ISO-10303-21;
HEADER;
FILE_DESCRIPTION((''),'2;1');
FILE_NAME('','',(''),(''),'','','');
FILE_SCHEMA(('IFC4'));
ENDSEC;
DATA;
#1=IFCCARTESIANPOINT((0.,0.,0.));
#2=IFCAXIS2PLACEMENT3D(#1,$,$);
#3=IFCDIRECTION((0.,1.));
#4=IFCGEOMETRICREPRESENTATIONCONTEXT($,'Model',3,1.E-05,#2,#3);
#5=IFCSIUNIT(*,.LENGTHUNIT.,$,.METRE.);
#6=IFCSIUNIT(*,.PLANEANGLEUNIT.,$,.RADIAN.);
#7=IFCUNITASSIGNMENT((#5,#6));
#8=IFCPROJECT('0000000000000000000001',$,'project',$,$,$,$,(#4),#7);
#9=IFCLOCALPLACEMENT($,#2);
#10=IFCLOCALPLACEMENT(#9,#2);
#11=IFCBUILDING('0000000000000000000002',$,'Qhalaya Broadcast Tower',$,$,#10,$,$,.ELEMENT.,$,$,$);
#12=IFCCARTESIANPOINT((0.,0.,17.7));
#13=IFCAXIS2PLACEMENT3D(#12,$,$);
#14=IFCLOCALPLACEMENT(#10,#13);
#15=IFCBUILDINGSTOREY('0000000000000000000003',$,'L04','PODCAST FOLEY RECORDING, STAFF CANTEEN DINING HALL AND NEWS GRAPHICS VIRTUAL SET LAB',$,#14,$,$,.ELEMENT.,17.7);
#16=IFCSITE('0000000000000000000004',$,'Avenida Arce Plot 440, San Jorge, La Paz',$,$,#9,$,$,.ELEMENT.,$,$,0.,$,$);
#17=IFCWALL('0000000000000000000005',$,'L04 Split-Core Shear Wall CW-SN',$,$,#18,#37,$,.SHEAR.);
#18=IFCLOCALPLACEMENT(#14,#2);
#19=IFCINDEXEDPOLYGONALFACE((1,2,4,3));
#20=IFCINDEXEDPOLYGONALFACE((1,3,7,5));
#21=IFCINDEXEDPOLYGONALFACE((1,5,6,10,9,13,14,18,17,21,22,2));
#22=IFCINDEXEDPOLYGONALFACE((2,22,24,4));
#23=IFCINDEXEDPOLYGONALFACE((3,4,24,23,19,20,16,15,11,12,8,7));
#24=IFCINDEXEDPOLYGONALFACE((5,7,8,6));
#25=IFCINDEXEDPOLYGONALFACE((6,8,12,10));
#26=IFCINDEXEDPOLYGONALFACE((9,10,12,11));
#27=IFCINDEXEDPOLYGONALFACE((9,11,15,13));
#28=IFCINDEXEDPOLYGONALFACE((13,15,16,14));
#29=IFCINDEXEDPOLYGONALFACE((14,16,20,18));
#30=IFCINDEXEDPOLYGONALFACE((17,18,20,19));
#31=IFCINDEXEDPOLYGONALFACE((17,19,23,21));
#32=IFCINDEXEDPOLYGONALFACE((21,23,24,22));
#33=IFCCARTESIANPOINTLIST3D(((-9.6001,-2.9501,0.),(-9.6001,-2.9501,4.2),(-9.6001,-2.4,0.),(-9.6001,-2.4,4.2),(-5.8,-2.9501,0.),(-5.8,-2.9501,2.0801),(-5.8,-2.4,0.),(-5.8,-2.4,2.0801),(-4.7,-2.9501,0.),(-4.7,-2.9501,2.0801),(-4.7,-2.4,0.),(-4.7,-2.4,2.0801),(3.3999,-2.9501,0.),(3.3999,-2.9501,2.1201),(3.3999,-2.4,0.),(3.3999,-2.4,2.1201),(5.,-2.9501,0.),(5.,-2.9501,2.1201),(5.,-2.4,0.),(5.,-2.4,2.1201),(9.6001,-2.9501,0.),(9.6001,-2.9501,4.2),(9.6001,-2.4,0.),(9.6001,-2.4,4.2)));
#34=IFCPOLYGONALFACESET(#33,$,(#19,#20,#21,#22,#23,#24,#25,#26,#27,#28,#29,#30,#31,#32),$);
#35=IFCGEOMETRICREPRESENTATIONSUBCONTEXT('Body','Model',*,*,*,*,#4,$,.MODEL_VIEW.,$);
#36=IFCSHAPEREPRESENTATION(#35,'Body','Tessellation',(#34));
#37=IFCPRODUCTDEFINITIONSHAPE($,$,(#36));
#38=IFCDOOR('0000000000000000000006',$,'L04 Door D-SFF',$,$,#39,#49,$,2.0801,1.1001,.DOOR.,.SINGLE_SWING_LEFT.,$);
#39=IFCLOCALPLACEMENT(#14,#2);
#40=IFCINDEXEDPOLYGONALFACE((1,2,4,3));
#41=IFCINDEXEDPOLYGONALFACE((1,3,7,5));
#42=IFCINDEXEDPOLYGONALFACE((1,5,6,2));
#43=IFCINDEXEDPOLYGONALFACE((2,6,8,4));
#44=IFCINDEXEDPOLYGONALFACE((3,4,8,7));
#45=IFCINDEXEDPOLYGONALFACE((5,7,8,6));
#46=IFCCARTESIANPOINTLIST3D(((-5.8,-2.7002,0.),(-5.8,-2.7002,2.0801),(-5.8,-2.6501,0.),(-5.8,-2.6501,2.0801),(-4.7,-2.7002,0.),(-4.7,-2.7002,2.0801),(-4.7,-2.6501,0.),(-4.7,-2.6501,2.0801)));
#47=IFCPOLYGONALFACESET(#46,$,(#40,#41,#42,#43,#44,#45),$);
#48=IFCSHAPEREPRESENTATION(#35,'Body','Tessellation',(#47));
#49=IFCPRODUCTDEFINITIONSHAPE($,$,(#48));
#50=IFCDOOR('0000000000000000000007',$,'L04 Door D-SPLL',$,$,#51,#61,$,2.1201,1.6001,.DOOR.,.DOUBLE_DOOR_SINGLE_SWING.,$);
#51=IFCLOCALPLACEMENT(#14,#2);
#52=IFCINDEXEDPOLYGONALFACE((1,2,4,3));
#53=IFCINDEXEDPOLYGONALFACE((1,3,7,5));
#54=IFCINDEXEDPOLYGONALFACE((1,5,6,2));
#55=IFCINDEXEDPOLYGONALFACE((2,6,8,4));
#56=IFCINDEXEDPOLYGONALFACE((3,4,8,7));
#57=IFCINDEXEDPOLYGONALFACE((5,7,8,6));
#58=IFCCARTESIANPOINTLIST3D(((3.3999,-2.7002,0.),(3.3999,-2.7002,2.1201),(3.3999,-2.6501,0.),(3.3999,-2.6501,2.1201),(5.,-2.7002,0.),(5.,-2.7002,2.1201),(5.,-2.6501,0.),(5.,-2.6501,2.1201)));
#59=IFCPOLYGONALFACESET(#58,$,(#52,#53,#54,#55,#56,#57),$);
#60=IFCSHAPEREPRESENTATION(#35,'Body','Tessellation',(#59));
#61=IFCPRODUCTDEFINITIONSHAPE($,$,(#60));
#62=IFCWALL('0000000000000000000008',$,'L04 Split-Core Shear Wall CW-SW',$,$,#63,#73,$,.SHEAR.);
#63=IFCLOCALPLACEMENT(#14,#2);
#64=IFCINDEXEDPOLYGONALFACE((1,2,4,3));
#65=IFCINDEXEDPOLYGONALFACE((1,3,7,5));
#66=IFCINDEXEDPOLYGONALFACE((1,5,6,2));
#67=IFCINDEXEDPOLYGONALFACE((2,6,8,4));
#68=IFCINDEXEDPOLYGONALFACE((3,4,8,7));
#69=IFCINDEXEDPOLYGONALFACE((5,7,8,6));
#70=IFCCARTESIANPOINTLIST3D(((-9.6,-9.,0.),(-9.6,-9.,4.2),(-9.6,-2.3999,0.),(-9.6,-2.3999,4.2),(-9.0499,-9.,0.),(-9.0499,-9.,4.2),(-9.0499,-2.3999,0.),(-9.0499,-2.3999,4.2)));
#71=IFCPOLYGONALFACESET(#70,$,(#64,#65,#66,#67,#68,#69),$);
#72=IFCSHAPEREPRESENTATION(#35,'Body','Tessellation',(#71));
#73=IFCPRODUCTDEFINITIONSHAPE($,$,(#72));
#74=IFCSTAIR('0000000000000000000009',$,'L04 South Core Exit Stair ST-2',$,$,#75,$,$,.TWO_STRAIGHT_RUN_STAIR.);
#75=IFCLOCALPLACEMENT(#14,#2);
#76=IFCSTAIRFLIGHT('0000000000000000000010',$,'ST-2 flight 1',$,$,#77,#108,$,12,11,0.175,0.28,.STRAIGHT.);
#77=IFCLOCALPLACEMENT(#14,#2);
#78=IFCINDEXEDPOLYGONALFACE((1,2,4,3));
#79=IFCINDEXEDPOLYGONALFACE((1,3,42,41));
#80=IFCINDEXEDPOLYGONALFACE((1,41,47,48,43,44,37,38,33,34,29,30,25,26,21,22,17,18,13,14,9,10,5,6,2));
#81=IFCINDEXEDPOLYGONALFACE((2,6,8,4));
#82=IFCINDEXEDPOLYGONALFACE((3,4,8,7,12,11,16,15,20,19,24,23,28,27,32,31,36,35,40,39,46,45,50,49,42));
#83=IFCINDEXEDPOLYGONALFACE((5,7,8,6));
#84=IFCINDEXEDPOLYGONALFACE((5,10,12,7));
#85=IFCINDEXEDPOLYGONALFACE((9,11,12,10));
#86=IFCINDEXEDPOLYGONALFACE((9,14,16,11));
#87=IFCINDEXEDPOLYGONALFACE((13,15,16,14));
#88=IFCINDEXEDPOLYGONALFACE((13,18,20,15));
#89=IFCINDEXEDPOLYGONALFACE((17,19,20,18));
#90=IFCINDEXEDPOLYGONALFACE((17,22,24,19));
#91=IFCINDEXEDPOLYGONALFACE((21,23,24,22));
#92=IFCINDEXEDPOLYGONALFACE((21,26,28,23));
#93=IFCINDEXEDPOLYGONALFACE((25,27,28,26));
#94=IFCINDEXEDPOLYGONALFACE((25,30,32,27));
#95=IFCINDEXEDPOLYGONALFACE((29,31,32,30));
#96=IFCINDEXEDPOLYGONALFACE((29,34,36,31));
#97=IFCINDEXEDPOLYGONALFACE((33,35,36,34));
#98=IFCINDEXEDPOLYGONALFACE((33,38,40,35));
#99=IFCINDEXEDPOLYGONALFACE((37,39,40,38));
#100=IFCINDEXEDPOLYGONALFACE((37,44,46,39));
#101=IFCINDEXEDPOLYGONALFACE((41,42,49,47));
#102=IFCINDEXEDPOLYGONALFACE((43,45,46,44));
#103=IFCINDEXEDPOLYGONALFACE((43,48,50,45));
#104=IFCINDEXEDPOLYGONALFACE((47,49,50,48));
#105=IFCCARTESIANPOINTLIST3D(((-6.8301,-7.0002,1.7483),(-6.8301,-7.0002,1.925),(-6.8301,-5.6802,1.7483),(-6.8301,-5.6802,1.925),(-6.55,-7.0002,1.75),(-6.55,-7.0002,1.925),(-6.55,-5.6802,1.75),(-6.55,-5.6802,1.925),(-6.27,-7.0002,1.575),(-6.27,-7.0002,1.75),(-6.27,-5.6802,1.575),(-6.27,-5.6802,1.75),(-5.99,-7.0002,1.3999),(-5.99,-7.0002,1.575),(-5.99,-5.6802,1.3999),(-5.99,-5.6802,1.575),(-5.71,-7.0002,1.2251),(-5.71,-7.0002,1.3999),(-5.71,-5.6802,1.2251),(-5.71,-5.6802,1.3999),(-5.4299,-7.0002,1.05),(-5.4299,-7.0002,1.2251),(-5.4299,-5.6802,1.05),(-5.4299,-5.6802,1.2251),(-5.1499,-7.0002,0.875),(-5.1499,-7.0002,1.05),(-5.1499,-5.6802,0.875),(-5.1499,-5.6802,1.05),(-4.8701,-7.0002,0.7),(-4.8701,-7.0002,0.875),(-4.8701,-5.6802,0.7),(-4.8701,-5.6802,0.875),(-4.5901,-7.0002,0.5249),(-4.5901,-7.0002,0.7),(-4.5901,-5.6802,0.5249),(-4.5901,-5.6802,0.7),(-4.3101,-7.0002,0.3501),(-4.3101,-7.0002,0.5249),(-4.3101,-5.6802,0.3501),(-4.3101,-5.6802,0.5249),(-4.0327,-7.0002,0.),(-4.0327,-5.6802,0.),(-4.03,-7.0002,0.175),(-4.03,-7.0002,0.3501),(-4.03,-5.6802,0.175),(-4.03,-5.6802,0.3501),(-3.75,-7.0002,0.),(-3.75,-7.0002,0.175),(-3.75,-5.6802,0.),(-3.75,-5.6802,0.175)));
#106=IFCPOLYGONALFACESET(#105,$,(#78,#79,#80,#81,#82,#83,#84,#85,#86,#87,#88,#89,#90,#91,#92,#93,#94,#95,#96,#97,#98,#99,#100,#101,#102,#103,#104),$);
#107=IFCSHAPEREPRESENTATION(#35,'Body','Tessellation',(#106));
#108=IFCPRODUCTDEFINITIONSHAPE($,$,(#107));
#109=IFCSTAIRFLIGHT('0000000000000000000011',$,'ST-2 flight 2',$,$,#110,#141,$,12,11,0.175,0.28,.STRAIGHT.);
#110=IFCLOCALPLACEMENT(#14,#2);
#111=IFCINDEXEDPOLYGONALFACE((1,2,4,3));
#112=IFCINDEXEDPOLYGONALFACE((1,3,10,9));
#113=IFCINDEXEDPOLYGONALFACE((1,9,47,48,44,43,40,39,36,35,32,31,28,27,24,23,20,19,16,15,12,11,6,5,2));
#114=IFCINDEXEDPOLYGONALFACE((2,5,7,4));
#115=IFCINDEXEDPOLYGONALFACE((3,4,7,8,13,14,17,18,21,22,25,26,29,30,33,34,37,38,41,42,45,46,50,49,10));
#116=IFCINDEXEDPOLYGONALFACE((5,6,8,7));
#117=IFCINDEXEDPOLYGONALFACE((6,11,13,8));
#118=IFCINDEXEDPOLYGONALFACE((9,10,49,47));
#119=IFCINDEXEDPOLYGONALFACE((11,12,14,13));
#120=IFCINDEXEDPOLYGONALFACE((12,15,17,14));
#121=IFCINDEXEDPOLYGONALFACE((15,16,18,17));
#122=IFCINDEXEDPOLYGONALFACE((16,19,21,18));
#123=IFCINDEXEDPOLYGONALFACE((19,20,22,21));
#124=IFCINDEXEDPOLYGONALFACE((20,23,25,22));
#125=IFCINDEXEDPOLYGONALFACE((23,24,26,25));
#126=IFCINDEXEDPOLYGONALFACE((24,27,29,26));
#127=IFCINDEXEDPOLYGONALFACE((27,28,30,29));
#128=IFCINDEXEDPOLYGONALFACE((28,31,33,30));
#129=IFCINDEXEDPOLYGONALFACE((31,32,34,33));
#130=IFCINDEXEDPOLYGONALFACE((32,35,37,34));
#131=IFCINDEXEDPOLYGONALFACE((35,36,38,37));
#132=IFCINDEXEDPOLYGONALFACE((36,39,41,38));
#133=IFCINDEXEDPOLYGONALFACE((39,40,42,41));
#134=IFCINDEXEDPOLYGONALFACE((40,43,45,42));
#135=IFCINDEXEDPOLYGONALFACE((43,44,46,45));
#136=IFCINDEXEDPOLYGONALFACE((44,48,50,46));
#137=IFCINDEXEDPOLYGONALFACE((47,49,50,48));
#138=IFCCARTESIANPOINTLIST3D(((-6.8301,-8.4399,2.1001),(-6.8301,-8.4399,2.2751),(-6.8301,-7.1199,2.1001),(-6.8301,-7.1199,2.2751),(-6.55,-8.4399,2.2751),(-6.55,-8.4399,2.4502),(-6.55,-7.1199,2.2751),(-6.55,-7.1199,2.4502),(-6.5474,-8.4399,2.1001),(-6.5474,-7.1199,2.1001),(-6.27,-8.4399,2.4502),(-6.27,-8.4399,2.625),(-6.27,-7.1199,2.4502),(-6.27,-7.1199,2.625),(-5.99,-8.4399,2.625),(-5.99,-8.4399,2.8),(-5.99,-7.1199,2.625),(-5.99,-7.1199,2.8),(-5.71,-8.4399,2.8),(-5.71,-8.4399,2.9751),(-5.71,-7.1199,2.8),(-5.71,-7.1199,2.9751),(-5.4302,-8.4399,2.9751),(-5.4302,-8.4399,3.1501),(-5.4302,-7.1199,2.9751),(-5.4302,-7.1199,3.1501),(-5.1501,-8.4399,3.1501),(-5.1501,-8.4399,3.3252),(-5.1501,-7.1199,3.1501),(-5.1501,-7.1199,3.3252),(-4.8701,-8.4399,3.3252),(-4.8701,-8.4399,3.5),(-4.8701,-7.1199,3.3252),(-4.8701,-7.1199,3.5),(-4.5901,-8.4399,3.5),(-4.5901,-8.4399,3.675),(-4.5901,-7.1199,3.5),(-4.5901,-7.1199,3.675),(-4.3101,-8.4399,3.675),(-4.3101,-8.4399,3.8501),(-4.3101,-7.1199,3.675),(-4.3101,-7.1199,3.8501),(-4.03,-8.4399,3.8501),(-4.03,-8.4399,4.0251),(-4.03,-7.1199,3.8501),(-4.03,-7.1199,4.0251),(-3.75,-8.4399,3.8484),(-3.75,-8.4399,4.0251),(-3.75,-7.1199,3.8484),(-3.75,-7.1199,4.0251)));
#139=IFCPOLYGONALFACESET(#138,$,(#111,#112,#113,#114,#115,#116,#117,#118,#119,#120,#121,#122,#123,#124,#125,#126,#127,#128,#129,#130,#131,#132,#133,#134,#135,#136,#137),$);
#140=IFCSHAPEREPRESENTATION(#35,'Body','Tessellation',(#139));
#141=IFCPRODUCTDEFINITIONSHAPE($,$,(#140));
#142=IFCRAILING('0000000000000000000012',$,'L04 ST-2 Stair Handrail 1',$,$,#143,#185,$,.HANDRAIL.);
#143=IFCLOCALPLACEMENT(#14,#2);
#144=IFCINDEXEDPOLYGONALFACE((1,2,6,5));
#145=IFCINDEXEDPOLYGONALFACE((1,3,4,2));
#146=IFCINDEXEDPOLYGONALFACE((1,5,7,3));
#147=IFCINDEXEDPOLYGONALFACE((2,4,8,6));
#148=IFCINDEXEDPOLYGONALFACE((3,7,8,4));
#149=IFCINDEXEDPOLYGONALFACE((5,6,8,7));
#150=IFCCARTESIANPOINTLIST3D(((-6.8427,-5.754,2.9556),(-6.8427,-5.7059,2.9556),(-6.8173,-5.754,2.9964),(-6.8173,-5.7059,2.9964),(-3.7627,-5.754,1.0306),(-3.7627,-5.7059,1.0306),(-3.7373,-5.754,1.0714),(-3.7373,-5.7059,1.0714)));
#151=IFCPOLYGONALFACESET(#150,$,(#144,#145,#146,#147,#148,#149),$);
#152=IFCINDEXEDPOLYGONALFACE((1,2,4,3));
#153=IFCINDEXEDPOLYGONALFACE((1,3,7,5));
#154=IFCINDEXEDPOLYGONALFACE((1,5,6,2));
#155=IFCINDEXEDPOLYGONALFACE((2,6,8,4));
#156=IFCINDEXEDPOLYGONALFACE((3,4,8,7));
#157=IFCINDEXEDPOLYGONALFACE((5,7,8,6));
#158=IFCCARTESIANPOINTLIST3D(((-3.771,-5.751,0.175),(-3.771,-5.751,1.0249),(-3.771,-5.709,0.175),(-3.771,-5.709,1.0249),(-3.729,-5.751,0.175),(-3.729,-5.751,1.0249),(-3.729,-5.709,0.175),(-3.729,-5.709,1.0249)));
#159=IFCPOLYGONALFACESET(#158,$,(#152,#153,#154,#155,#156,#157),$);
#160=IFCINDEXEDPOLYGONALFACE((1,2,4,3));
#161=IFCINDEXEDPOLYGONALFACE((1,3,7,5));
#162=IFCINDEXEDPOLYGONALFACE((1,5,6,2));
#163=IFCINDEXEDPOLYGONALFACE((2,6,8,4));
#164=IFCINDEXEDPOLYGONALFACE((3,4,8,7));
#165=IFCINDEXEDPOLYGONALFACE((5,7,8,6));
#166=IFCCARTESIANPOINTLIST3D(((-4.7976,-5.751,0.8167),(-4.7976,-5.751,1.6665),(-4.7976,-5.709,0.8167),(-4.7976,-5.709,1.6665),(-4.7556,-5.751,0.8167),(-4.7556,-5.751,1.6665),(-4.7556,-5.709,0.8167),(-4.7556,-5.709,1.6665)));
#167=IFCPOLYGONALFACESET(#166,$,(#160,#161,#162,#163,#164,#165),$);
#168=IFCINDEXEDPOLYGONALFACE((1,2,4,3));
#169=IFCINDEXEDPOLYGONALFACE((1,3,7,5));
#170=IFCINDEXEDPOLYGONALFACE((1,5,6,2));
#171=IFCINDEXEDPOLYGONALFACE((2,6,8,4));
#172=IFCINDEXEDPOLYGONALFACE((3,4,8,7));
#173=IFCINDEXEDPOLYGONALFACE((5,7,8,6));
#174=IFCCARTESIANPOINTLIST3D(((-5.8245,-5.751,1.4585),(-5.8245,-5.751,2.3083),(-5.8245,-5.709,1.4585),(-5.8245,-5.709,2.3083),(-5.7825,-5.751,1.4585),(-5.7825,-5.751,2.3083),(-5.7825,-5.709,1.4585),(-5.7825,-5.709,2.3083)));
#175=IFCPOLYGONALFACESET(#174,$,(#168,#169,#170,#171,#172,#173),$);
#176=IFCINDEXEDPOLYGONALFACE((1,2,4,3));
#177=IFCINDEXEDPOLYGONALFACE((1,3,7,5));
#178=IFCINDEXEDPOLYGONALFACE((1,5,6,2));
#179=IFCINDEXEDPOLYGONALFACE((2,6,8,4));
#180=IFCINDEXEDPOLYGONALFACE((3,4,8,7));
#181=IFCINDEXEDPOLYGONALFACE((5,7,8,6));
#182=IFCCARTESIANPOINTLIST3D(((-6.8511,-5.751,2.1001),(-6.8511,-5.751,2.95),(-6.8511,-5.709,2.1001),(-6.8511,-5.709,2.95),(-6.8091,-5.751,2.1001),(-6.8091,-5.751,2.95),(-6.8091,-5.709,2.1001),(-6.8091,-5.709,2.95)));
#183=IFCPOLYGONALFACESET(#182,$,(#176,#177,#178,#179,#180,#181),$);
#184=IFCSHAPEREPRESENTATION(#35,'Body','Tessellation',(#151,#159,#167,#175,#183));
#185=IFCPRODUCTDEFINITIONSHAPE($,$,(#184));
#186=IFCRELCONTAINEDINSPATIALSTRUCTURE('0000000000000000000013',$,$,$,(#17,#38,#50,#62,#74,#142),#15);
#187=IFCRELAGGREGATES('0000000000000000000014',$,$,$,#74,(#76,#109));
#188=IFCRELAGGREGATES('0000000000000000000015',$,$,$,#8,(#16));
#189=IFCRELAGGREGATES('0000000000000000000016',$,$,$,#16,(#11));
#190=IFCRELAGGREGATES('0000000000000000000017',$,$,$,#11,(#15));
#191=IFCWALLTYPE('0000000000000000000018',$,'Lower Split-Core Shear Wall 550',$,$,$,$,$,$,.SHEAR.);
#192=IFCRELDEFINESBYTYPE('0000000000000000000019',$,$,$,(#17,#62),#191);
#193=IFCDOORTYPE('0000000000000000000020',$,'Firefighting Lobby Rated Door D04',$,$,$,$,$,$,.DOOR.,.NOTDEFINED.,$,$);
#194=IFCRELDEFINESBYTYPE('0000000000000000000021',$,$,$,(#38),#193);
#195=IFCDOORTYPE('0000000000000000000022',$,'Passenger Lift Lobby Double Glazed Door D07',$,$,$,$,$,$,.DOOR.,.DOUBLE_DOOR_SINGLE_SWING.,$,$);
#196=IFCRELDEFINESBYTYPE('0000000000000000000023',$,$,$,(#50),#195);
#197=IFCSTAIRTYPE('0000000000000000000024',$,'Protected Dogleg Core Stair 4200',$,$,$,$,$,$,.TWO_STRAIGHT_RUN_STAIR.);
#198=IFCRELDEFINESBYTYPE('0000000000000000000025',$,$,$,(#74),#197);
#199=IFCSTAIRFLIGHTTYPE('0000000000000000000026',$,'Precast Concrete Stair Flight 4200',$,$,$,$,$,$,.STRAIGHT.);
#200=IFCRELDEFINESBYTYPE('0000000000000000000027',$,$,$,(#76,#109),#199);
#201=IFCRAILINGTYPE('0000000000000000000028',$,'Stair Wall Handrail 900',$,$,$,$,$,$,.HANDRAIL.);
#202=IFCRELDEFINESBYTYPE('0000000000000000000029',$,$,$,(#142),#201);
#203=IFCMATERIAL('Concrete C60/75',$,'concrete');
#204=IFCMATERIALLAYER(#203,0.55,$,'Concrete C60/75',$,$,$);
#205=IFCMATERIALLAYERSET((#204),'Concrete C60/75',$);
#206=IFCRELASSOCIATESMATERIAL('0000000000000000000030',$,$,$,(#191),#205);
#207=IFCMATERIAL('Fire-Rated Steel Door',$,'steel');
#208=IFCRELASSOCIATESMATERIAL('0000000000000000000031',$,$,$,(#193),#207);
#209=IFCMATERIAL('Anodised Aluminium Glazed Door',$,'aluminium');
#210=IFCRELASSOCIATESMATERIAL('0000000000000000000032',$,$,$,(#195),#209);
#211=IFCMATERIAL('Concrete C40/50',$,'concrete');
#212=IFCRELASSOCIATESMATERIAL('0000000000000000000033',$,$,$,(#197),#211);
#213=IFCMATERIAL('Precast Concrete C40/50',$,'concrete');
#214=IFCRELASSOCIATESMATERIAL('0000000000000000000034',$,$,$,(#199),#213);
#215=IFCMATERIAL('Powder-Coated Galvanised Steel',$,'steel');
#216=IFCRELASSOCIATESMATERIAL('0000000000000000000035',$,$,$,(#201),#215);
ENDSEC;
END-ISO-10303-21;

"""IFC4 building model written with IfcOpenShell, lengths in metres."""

from ifc_helpers import new_model, si_unit, direction, frame, frame_2d, origin, origin_2d, place, context, subcontext, project, spatial, polyline, rectangle, outline, extrude, material, layer, layer_set, type_object, element, fill, aggregate, save


model = new_model("IFC4")

# Units and contexts
model_context = context("Model", 3, precision=1e-05, world=origin(), true_north=direction((0.0, 1.0)))
body_context = subcontext(model_context, "Body", "Model", "MODEL_VIEW")
ifc_project = project(units=[si_unit("LENGTHUNIT", "METRE"), si_unit("PLANEANGLEUNIT", "RADIAN")], contexts=[model_context])

# Site, building, storey
site_placement = place(None, origin())
site = spatial("IfcSite", under=ifc_project, at=site_placement, Name="Avenida Arce Plot 440, San Jorge, La Paz", CompositionType="ELEMENT", RefElevation=0.0)
building_placement = place(site_placement, origin())
building = spatial("IfcBuilding", under=site, at=building_placement, Name="Qhalaya Broadcast Tower", CompositionType="ELEMENT")
storey_placement = place(building_placement, frame((0.0, 0.0, 17.7)))
storey = spatial("IfcBuildingStorey", under=building, at=storey_placement, Name="L04", Description="PODCAST FOLEY RECORDING, STAFF CANTEEN DINING HALL AND NEWS GRAPHICS VIRTUAL SET LAB", CompositionType="ELEMENT", Elevation=17.7)

# Shared definitions
ifc_material_1 = material(Name="Fire-Rated Steel Door", Category="steel")

# Shared definitions
ifc_material_2 = material(Name="Concrete C60/75", Category="concrete")
ifc_layer_1 = layer(ifc_material_2, 0.55, Name="Concrete C60/75")
ifc_layer_set_1 = layer_set([ifc_layer_1], Name="Concrete C60/75")
wall_type_1 = type_object("IfcWallType", Name="Lower Split-Core Shear Wall 550", PredefinedType="SHEAR", material=ifc_layer_set_1)

# Wall, openings, doors
wall_1_placement = place(storey_placement, frame((-9.6001, -2.675, 0.0), z_axis=(0.0, 0.0, 1.0), x_axis=(1.0, 0.0, 0.0)))
wall_1 = element("IfcWall", 1, at=wall_1_placement, inside=storey, type_object=wall_type_1, Name="L04 Split-Core Shear Wall CW-SN", PredefinedType="SHEAR", context=body_context, shape_type="SweptSolid", body=[
    extrude(rectangle(XDim=19.2002, YDim=0.55, at=frame_2d((9.6001, 0.0))), origin(), (0.0, 0.0, 1.0), 4.2),
])
opening_1_placement = place(wall_1_placement, frame((3.8, 0.0, 0.0)))
opening_1 = element("IfcOpeningElement", 2, at=opening_1_placement, cuts=wall_1, PredefinedType="OPENING", context=body_context, shape_type="SweptSolid", body=[
    extrude(rectangle(XDim=1.1001, YDim=2.0801, at=frame_2d((0.55, 1.04))), frame((0.0, 0.2871, 0.0), z_axis=(0.0, -1.0, 0.0), x_axis=(1.0, 0.0, 0.0)), (0.0, 0.0, 1.0), 0.574),
])
opening_2_placement = place(wall_1_placement, frame((13.0, 0.0, 0.0)))
opening_2 = element("IfcOpeningElement", 3, at=opening_2_placement, cuts=wall_1, PredefinedType="OPENING", context=body_context, shape_type="SweptSolid", body=[
    extrude(rectangle(XDim=1.6001, YDim=2.1201, at=frame_2d((0.8, 1.0601))), frame((0.0, 0.2871, 0.0), z_axis=(0.0, -1.0, 0.0), x_axis=(1.0, 0.0, 0.0)), (0.0, 0.0, 1.0), 0.574),
])
door_type_1 = type_object("IfcDoorType", Name="Firefighting Lobby Rated Door D04", OperationType="NOTDEFINED", PredefinedType="DOOR", material=ifc_material_1)
door_1_placement = place(opening_1_placement, origin())
door_1 = element("IfcDoor", 4, at=door_1_placement, inside=storey, type_object=door_type_1, Name="L04 Door D-SFF", OperationType="SINGLE_SWING_LEFT", OverallHeight=2.0801, OverallWidth=1.1001, PredefinedType="DOOR", context=body_context, shape_type="SweptSolid", body=[
    extrude(rectangle(XDim=1.1001, YDim=2.0801, at=frame_2d((0.55, 1.04))), frame((0.0, 0.0249, 0.0), z_axis=(0.0, -1.0, 0.0), x_axis=(1.0, 0.0, 0.0)), (0.0, 0.0, 1.0), 0.05),
])
fill(opening_1, door_1)
ifc_material_3 = material(Name="Anodised Aluminium Glazed Door", Category="aluminium")
door_type_2 = type_object("IfcDoorType", Name="Passenger Lift Lobby Double Glazed Door D07", OperationType="DOUBLE_DOOR_SINGLE_SWING", PredefinedType="DOOR", material=ifc_material_3)
door_2_placement = place(opening_2_placement, origin())
door_2 = element("IfcDoor", 5, at=door_2_placement, inside=storey, type_object=door_type_2, Name="L04 Door D-SPLL", OperationType="DOUBLE_DOOR_SINGLE_SWING", OverallHeight=2.1201, OverallWidth=1.6001, PredefinedType="DOOR", context=body_context, shape_type="SweptSolid", body=[
    extrude(rectangle(XDim=1.6001, YDim=2.1201, at=frame_2d((0.8, 1.0601))), frame((0.0, 0.0249, 0.0), z_axis=(0.0, -1.0, 0.0), x_axis=(1.0, 0.0, 0.0)), (0.0, 0.0, 1.0), 0.05),
])
fill(opening_2, door_2)

# Wall
wall_2_placement = place(storey_placement, frame((-9.325, -9.0, 0.0), z_axis=(0.0, 0.0, 1.0), x_axis=(0.0, 1.0, 0.0)))
element("IfcWall", 6, at=wall_2_placement, inside=storey, type_object=wall_type_1, Name="L04 Split-Core Shear Wall CW-SW", PredefinedType="SHEAR", context=body_context, shape_type="SweptSolid", body=[
    extrude(rectangle(XDim=6.6001, YDim=0.55, at=frame_2d((3.3, 0.0))), origin(), (0.0, 0.0, 1.0), 4.2),
])

# Stair, stair flights
ifc_material_4 = material(Name="Concrete C40/50", Category="concrete")
stair_type = type_object("IfcStairType", Name="Protected Dogleg Core Stair 4200", PredefinedType="TWO_STRAIGHT_RUN_STAIR", material=ifc_material_4)
stair_placement = place(storey_placement, origin())
stair = element("IfcStair", 7, at=stair_placement, inside=storey, type_object=stair_type, Name="L04 South Core Exit Stair ST-2", PredefinedType="TWO_STRAIGHT_RUN_STAIR")
ifc_material_5 = material(Name="Precast Concrete C40/50", Category="concrete")
stair_flight_type = type_object("IfcStairFlightType", Name="Precast Concrete Stair Flight 4200", PredefinedType="STRAIGHT", material=ifc_material_5)
stair_flight_1_placement = place(storey_placement, frame((-3.75, -6.3401, 0.0), z_axis=(0.0, 0.0, 1.0), x_axis=(-1.0, 0.0, 0.0)))
stair_flight_1 = element("IfcStairFlight", 8, at=stair_flight_1_placement, type_object=stair_flight_type, Name="ST-2 flight 1", NumberOfRisers=12, NumberOfTreads=11, PredefinedType="STRAIGHT", RiserHeight=0.175, TreadLength=0.28, context=body_context, shape_type="SweptSolid", body=[
    extrude(outline(polyline([(0.0, 0.0), (0.0, 0.175), (0.28, 0.175), (0.28, 0.3501), (0.5601, 0.3501), (0.5601, 0.5249), (0.8401, 0.5249), (0.8401, 0.7), (1.1201, 0.7), (1.1201, 0.875), (1.3999, 0.875), (1.3999, 1.05), (1.6799, 1.05), (1.6799, 1.2251), (1.96, 1.2251), (1.96, 1.3999), (2.24, 1.3999), (2.24, 1.575), (2.52, 1.575), (2.52, 1.75), (2.8, 1.75), (2.8, 1.925), (3.0801, 1.925), (3.0801, 2.1001), (3.0801, 1.7483), (0.2827, 0.0), (0.0, 0.0)])), frame((0.0, 0.6602, 0.0), z_axis=(0.0, -1.0, 0.0), x_axis=(1.0, 0.0, 0.0)), (0.0, 0.0, 1.0), 1.3201),
])
stair_flight_2_placement = place(storey_placement, frame((-6.8301, -7.78, 2.1001), z_axis=(0.0, 0.0, 1.0), x_axis=(1.0, 0.0, 0.0)))
stair_flight_2 = element("IfcStairFlight", 9, at=stair_flight_2_placement, type_object=stair_flight_type, Name="ST-2 flight 2", NumberOfRisers=12, NumberOfTreads=11, PredefinedType="STRAIGHT", RiserHeight=0.175, TreadLength=0.28, context=body_context, shape_type="SweptSolid", body=[
    extrude(outline(polyline([(0.0, 0.0), (0.0, 0.175), (0.28, 0.175), (0.28, 0.3501), (0.5601, 0.3501), (0.5601, 0.5249), (0.8401, 0.5249), (0.8401, 0.7), (1.1201, 0.7), (1.1201, 0.875), (1.3999, 0.875), (1.3999, 1.05), (1.6799, 1.05), (1.6799, 1.2251), (1.96, 1.2251), (1.96, 1.3999), (2.24, 1.3999), (2.24, 1.575), (2.52, 1.575), (2.52, 1.75), (2.8, 1.75), (2.8, 1.925), (3.0801, 1.925), (3.0801, 2.1001), (3.0801, 1.7483), (0.2827, 0.0), (0.0, 0.0)])), frame((0.0, 0.6602, 0.0), z_axis=(0.0, -1.0, 0.0), x_axis=(1.0, 0.0, 0.0)), (0.0, 0.0, 1.0), 1.3201),
])
aggregate(stair, [stair_flight_1, stair_flight_2])

# Railing
ifc_material_6 = material(Name="Powder-Coated Galvanised Steel", Category="steel")
railing_type_1 = type_object("IfcRailingType", Name="Stair Wall Handrail 900", PredefinedType="HANDRAIL", material=ifc_material_6)
railing_1_placement = place(storey_placement, frame((-3.75, -5.73, 0.175)))
element("IfcRailing", 10, at=railing_1_placement, inside=storey, type_object=railing_type_1, Name="L04 ST-2 Stair Handrail 1", PredefinedType="HANDRAIL", context=body_context, shape_type="SweptSolid", body=[
    extrude(rectangle(XDim=0.0481, YDim=0.0481, at=origin_2d()), frame((0.0, 0.0, 0.876), z_axis=(-0.847998, 0.0, 0.529999), x_axis=(0.0, -1.0, 0.0)), (0.0, 0.0, 1.0), 3.6321),
    extrude(rectangle(XDim=0.042, YDim=0.042, at=origin_2d()), origin(), (0.0, 0.0, 1.0), 0.8499),
    extrude(rectangle(XDim=0.042, YDim=0.042, at=origin_2d()), frame((-1.0266, 0.0, 0.6416)), (0.0, 0.0, 1.0), 0.8499),
    extrude(rectangle(XDim=0.042, YDim=0.042, at=origin_2d()), frame((-2.0535, 0.0, 1.2834)), (0.0, 0.0, 1.0), 0.8499),
    extrude(rectangle(XDim=0.042, YDim=0.042, at=origin_2d()), frame((-3.0801, 0.0, 1.925)), (0.0, 0.0, 1.0), 0.8499),
])

save(model, "model.ifc")
